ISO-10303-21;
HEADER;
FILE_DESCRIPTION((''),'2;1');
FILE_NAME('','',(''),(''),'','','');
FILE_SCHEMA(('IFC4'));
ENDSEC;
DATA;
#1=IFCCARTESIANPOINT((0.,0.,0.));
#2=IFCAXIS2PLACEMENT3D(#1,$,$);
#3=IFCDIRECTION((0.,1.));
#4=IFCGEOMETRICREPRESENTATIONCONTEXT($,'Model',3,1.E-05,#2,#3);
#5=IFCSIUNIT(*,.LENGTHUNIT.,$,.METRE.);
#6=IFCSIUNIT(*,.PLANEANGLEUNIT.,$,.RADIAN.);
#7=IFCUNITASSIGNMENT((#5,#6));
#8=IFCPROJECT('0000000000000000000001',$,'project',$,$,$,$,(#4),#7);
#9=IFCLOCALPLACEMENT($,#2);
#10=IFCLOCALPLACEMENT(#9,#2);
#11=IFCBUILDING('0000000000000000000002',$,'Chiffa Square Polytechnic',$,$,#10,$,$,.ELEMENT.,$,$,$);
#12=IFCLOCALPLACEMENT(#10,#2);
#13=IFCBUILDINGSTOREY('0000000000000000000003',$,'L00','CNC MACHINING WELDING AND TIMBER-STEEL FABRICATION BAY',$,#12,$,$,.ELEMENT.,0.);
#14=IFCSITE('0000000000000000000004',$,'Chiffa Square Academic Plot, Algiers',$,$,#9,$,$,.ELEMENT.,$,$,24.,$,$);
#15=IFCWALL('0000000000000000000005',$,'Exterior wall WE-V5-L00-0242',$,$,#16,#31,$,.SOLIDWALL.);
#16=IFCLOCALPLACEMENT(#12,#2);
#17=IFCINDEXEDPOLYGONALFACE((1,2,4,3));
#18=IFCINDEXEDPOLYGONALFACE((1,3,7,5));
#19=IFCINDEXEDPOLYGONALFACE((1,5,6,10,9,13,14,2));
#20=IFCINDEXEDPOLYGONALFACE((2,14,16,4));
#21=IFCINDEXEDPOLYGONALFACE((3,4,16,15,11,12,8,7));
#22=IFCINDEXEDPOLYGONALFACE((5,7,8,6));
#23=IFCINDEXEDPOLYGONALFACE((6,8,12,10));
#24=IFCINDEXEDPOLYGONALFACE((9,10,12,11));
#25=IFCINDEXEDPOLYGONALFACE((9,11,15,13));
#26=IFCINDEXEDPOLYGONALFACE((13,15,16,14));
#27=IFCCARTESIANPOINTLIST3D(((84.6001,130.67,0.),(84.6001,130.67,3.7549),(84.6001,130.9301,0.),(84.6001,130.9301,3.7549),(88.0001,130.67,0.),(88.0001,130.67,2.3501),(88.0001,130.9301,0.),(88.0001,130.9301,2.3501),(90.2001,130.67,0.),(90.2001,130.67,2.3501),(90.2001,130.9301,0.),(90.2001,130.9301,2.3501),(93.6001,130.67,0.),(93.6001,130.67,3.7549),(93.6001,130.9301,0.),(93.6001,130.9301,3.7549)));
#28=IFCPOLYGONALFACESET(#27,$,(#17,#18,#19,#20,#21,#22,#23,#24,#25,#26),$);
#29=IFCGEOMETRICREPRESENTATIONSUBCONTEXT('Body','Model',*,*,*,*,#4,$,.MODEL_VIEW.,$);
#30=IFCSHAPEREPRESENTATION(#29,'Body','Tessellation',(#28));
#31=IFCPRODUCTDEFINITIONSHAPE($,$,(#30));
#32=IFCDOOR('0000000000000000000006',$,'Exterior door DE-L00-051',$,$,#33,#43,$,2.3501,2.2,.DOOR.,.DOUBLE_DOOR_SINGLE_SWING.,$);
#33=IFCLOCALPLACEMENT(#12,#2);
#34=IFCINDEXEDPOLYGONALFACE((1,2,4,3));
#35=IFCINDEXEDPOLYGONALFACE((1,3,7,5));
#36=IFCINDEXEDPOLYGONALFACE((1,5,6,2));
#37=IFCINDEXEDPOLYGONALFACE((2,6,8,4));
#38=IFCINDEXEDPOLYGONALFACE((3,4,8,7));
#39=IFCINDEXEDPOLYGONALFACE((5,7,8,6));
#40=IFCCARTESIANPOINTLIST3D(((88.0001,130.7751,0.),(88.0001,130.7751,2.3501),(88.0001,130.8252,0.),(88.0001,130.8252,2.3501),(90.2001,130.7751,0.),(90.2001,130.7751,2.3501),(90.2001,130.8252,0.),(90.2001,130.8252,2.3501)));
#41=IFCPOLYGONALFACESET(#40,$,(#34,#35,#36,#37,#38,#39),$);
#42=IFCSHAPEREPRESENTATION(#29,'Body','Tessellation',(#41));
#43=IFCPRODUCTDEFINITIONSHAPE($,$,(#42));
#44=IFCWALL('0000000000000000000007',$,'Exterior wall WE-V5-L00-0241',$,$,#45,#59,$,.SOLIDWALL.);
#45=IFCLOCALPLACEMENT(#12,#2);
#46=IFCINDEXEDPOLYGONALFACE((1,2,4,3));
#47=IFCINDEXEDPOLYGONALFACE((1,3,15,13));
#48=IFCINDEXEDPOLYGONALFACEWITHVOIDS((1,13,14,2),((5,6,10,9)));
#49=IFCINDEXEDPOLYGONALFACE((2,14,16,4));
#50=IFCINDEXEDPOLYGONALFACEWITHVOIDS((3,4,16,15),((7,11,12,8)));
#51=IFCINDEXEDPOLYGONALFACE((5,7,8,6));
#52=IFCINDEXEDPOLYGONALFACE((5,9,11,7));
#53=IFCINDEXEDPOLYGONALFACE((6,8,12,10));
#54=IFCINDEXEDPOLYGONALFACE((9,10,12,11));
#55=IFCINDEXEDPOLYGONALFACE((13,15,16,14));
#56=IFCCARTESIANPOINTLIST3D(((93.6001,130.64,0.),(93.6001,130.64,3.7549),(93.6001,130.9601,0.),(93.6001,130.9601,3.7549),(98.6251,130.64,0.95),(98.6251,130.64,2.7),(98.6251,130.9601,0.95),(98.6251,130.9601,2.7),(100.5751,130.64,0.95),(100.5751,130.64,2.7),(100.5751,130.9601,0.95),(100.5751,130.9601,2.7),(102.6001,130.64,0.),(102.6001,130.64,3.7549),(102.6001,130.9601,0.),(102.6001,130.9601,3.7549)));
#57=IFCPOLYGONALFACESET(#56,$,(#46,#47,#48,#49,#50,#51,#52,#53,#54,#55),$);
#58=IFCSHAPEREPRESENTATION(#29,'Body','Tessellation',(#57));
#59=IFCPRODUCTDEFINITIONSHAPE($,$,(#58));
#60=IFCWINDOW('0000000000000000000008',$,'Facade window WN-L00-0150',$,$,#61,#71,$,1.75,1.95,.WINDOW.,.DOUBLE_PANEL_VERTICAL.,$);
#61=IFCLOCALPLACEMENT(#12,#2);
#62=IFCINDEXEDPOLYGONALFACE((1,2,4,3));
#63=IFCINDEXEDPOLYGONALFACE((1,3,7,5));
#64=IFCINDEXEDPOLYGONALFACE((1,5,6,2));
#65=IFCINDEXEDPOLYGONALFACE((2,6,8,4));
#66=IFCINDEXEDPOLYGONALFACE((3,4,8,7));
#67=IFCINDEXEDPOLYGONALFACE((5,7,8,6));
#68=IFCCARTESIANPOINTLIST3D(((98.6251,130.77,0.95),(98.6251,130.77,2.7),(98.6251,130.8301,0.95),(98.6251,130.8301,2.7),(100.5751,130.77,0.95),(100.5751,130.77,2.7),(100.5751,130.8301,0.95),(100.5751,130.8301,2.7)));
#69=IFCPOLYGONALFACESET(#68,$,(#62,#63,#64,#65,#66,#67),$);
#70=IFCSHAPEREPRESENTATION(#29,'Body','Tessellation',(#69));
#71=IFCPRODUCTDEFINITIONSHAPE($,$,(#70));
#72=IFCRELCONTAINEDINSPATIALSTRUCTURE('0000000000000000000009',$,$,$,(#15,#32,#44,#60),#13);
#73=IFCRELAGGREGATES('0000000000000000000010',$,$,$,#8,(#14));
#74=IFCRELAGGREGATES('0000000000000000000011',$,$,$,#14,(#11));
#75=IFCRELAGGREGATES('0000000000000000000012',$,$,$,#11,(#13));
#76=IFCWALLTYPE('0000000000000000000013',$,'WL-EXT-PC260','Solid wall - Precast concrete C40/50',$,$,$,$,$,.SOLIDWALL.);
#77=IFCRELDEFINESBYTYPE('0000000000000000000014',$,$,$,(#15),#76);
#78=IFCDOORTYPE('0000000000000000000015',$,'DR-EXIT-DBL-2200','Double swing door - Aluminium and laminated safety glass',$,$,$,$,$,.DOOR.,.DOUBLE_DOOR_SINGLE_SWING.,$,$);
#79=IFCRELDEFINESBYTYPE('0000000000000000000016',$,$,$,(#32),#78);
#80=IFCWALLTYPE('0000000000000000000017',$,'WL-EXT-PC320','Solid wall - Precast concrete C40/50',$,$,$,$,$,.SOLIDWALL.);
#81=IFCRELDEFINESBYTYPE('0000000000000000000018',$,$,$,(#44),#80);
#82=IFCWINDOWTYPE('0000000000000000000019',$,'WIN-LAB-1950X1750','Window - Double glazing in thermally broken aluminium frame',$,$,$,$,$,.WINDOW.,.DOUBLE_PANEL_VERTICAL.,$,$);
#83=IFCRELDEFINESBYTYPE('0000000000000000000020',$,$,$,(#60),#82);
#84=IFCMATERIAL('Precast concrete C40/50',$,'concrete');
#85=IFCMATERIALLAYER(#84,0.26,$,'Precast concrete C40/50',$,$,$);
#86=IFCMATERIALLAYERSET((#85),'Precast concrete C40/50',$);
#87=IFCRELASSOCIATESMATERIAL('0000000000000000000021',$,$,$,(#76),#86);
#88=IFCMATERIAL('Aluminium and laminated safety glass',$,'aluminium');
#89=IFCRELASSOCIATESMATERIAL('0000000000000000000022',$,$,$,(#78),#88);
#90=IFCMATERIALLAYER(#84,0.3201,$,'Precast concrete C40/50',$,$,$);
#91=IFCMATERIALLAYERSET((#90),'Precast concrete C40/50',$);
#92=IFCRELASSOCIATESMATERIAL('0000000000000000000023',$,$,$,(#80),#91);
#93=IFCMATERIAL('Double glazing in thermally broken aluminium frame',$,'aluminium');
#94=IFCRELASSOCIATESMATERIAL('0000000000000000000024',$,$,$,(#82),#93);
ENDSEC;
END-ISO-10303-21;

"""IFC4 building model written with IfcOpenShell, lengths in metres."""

from ifc_helpers import new_model, si_unit, direction, frame, frame_2d, origin, place, context, subcontext, project, spatial, rectangle, extrude, material, layer, layer_set, type_object, element, fill, save


model = new_model("IFC4")

# Units and contexts
model_context = context("Model", 3, precision=1e-05, world=origin(), true_north=direction((0.0, 1.0)))
body_context = subcontext(model_context, "Body", "Model", "MODEL_VIEW")
ifc_project = project(units=[si_unit("LENGTHUNIT", "METRE"), si_unit("PLANEANGLEUNIT", "RADIAN")], contexts=[model_context])

# Site, building, storey
site_placement = place(None, origin())
site = spatial("IfcSite", under=ifc_project, at=site_placement, Name="Chiffa Square Academic Plot, Algiers", CompositionType="ELEMENT", RefElevation=24.0)
building_placement = place(site_placement, origin())
building = spatial("IfcBuilding", under=site, at=building_placement, Name="Chiffa Square Polytechnic", CompositionType="ELEMENT")
storey_placement = place(building_placement, origin())
storey = spatial("IfcBuildingStorey", under=building, at=storey_placement, Name="L00", Description="CNC MACHINING WELDING AND TIMBER-STEEL FABRICATION BAY", CompositionType="ELEMENT", Elevation=0.0)

# Wall, opening, door
ifc_material_1 = material(Name="Precast concrete C40/50", Category="concrete")
ifc_layer_1 = layer(ifc_material_1, 0.26, Name="Precast concrete C40/50")
ifc_layer_set_1 = layer_set([ifc_layer_1], Name="Precast concrete C40/50")
wall_type_1 = type_object("IfcWallType", Name="WL-EXT-PC260", Description="Solid wall - Precast concrete C40/50", PredefinedType="SOLIDWALL", material=ifc_layer_set_1)
wall_1_placement = place(storey_placement, frame((93.6001, 130.8, 0.0), z_axis=(0.0, 0.0, 1.0), x_axis=(-1.0, 0.0, 0.0)))
wall_1 = element("IfcWall", 1, at=wall_1_placement, inside=storey, type_object=wall_type_1, Name="Exterior wall WE-V5-L00-0242", PredefinedType="SOLIDWALL", context=body_context, shape_type="SweptSolid", body=[
    extrude(rectangle(XDim=9.0, YDim=0.26, at=frame_2d((4.5, 0.0))), origin(), (0.0, 0.0, 1.0), 3.7549),
])
opening_1_placement = place(wall_1_placement, frame((3.3999, 0.0, 0.0)))
opening_1 = element("IfcOpeningElement", 2, at=opening_1_placement, cuts=wall_1, PredefinedType="OPENING", context=body_context, shape_type="SweptSolid", body=[
    extrude(rectangle(XDim=2.2, YDim=2.3501, at=frame_2d((1.1001, 1.175))), frame((0.0, 0.1401, 0.0), z_axis=(0.0, -1.0, 0.0), x_axis=(1.0, 0.0, 0.0)), (0.0, 0.0, 1.0), 0.28),
])
ifc_material_2 = material(Name="Aluminium and laminated safety glass", Category="aluminium")
door_type = type_object("IfcDoorType", Name="DR-EXIT-DBL-2200", Description="Double swing door - Aluminium and laminated safety glass", OperationType="DOUBLE_DOOR_SINGLE_SWING", PredefinedType="DOOR", material=ifc_material_2)
door_placement = place(opening_1_placement, origin())
door = element("IfcDoor", 3, at=door_placement, inside=storey, type_object=door_type, Name="Exterior door DE-L00-051", OperationType="DOUBLE_DOOR_SINGLE_SWING", OverallHeight=2.3501, OverallWidth=2.2, PredefinedType="DOOR", context=body_context, shape_type="SweptSolid", body=[
    extrude(rectangle(XDim=2.2, YDim=2.3501, at=frame_2d((1.1001, 1.175))), frame((0.0, 0.0249, 0.0), z_axis=(0.0, -1.0, 0.0), x_axis=(1.0, 0.0, 0.0)), (0.0, 0.0, 1.0), 0.05),
])
fill(opening_1, door)

# Wall, opening, window
ifc_layer_2 = layer(ifc_material_1, 0.3201, Name="Precast concrete C40/50")
ifc_layer_set_2 = layer_set([ifc_layer_2], Name="Precast concrete C40/50")
wall_type_2 = type_object("IfcWallType", Name="WL-EXT-PC320", Description="Solid wall - Precast concrete C40/50", PredefinedType="SOLIDWALL", material=ifc_layer_set_2)
wall_2_placement = place(storey_placement, frame((102.6001, 130.8, 0.0), z_axis=(0.0, 0.0, 1.0), x_axis=(-1.0, 0.0, 0.0)))
wall_2 = element("IfcWall", 4, at=wall_2_placement, inside=storey, type_object=wall_type_2, Name="Exterior wall WE-V5-L00-0241", PredefinedType="SOLIDWALL", context=body_context, shape_type="SweptSolid", body=[
    extrude(rectangle(XDim=9.0, YDim=0.3201, at=frame_2d((4.5, 0.0))), origin(), (0.0, 0.0, 1.0), 3.7549),
])
opening_2_placement = place(wall_2_placement, frame((2.0249, 0.0, 0.95)))
opening_2 = element("IfcOpeningElement", 5, at=opening_2_placement, cuts=wall_2, PredefinedType="OPENING", context=body_context, shape_type="SweptSolid", body=[
    extrude(rectangle(XDim=1.95, YDim=1.75, at=frame_2d((0.9751, 0.875))), frame((0.0, 0.1699, 0.0), z_axis=(0.0, -1.0, 0.0), x_axis=(1.0, 0.0, 0.0)), (0.0, 0.0, 1.0), 0.3401),
])
ifc_material_3 = material(Name="Double glazing in thermally broken aluminium frame", Category="aluminium")
window_type = type_object("IfcWindowType", Name="WIN-LAB-1950X1750", Description="Window - Double glazing in thermally broken aluminium frame", PartitioningType="DOUBLE_PANEL_VERTICAL", PredefinedType="WINDOW", material=ifc_material_3)
window_placement = place(opening_2_placement, origin())
window = element("IfcWindow", 6, at=window_placement, inside=storey, type_object=window_type, Name="Facade window WN-L00-0150", OverallHeight=1.75, OverallWidth=1.95, PartitioningType="DOUBLE_PANEL_VERTICAL", PredefinedType="WINDOW", context=body_context, shape_type="SweptSolid", body=[
    extrude(rectangle(XDim=1.95, YDim=1.75, at=frame_2d((0.9751, 0.875))), frame((0.0, 0.03, 0.0), z_axis=(0.0, -1.0, 0.0), x_axis=(1.0, 0.0, 0.0)), (0.0, 0.0, 1.0), 0.0601),
])
fill(opening_2, window)

save(model, "model.ifc")
